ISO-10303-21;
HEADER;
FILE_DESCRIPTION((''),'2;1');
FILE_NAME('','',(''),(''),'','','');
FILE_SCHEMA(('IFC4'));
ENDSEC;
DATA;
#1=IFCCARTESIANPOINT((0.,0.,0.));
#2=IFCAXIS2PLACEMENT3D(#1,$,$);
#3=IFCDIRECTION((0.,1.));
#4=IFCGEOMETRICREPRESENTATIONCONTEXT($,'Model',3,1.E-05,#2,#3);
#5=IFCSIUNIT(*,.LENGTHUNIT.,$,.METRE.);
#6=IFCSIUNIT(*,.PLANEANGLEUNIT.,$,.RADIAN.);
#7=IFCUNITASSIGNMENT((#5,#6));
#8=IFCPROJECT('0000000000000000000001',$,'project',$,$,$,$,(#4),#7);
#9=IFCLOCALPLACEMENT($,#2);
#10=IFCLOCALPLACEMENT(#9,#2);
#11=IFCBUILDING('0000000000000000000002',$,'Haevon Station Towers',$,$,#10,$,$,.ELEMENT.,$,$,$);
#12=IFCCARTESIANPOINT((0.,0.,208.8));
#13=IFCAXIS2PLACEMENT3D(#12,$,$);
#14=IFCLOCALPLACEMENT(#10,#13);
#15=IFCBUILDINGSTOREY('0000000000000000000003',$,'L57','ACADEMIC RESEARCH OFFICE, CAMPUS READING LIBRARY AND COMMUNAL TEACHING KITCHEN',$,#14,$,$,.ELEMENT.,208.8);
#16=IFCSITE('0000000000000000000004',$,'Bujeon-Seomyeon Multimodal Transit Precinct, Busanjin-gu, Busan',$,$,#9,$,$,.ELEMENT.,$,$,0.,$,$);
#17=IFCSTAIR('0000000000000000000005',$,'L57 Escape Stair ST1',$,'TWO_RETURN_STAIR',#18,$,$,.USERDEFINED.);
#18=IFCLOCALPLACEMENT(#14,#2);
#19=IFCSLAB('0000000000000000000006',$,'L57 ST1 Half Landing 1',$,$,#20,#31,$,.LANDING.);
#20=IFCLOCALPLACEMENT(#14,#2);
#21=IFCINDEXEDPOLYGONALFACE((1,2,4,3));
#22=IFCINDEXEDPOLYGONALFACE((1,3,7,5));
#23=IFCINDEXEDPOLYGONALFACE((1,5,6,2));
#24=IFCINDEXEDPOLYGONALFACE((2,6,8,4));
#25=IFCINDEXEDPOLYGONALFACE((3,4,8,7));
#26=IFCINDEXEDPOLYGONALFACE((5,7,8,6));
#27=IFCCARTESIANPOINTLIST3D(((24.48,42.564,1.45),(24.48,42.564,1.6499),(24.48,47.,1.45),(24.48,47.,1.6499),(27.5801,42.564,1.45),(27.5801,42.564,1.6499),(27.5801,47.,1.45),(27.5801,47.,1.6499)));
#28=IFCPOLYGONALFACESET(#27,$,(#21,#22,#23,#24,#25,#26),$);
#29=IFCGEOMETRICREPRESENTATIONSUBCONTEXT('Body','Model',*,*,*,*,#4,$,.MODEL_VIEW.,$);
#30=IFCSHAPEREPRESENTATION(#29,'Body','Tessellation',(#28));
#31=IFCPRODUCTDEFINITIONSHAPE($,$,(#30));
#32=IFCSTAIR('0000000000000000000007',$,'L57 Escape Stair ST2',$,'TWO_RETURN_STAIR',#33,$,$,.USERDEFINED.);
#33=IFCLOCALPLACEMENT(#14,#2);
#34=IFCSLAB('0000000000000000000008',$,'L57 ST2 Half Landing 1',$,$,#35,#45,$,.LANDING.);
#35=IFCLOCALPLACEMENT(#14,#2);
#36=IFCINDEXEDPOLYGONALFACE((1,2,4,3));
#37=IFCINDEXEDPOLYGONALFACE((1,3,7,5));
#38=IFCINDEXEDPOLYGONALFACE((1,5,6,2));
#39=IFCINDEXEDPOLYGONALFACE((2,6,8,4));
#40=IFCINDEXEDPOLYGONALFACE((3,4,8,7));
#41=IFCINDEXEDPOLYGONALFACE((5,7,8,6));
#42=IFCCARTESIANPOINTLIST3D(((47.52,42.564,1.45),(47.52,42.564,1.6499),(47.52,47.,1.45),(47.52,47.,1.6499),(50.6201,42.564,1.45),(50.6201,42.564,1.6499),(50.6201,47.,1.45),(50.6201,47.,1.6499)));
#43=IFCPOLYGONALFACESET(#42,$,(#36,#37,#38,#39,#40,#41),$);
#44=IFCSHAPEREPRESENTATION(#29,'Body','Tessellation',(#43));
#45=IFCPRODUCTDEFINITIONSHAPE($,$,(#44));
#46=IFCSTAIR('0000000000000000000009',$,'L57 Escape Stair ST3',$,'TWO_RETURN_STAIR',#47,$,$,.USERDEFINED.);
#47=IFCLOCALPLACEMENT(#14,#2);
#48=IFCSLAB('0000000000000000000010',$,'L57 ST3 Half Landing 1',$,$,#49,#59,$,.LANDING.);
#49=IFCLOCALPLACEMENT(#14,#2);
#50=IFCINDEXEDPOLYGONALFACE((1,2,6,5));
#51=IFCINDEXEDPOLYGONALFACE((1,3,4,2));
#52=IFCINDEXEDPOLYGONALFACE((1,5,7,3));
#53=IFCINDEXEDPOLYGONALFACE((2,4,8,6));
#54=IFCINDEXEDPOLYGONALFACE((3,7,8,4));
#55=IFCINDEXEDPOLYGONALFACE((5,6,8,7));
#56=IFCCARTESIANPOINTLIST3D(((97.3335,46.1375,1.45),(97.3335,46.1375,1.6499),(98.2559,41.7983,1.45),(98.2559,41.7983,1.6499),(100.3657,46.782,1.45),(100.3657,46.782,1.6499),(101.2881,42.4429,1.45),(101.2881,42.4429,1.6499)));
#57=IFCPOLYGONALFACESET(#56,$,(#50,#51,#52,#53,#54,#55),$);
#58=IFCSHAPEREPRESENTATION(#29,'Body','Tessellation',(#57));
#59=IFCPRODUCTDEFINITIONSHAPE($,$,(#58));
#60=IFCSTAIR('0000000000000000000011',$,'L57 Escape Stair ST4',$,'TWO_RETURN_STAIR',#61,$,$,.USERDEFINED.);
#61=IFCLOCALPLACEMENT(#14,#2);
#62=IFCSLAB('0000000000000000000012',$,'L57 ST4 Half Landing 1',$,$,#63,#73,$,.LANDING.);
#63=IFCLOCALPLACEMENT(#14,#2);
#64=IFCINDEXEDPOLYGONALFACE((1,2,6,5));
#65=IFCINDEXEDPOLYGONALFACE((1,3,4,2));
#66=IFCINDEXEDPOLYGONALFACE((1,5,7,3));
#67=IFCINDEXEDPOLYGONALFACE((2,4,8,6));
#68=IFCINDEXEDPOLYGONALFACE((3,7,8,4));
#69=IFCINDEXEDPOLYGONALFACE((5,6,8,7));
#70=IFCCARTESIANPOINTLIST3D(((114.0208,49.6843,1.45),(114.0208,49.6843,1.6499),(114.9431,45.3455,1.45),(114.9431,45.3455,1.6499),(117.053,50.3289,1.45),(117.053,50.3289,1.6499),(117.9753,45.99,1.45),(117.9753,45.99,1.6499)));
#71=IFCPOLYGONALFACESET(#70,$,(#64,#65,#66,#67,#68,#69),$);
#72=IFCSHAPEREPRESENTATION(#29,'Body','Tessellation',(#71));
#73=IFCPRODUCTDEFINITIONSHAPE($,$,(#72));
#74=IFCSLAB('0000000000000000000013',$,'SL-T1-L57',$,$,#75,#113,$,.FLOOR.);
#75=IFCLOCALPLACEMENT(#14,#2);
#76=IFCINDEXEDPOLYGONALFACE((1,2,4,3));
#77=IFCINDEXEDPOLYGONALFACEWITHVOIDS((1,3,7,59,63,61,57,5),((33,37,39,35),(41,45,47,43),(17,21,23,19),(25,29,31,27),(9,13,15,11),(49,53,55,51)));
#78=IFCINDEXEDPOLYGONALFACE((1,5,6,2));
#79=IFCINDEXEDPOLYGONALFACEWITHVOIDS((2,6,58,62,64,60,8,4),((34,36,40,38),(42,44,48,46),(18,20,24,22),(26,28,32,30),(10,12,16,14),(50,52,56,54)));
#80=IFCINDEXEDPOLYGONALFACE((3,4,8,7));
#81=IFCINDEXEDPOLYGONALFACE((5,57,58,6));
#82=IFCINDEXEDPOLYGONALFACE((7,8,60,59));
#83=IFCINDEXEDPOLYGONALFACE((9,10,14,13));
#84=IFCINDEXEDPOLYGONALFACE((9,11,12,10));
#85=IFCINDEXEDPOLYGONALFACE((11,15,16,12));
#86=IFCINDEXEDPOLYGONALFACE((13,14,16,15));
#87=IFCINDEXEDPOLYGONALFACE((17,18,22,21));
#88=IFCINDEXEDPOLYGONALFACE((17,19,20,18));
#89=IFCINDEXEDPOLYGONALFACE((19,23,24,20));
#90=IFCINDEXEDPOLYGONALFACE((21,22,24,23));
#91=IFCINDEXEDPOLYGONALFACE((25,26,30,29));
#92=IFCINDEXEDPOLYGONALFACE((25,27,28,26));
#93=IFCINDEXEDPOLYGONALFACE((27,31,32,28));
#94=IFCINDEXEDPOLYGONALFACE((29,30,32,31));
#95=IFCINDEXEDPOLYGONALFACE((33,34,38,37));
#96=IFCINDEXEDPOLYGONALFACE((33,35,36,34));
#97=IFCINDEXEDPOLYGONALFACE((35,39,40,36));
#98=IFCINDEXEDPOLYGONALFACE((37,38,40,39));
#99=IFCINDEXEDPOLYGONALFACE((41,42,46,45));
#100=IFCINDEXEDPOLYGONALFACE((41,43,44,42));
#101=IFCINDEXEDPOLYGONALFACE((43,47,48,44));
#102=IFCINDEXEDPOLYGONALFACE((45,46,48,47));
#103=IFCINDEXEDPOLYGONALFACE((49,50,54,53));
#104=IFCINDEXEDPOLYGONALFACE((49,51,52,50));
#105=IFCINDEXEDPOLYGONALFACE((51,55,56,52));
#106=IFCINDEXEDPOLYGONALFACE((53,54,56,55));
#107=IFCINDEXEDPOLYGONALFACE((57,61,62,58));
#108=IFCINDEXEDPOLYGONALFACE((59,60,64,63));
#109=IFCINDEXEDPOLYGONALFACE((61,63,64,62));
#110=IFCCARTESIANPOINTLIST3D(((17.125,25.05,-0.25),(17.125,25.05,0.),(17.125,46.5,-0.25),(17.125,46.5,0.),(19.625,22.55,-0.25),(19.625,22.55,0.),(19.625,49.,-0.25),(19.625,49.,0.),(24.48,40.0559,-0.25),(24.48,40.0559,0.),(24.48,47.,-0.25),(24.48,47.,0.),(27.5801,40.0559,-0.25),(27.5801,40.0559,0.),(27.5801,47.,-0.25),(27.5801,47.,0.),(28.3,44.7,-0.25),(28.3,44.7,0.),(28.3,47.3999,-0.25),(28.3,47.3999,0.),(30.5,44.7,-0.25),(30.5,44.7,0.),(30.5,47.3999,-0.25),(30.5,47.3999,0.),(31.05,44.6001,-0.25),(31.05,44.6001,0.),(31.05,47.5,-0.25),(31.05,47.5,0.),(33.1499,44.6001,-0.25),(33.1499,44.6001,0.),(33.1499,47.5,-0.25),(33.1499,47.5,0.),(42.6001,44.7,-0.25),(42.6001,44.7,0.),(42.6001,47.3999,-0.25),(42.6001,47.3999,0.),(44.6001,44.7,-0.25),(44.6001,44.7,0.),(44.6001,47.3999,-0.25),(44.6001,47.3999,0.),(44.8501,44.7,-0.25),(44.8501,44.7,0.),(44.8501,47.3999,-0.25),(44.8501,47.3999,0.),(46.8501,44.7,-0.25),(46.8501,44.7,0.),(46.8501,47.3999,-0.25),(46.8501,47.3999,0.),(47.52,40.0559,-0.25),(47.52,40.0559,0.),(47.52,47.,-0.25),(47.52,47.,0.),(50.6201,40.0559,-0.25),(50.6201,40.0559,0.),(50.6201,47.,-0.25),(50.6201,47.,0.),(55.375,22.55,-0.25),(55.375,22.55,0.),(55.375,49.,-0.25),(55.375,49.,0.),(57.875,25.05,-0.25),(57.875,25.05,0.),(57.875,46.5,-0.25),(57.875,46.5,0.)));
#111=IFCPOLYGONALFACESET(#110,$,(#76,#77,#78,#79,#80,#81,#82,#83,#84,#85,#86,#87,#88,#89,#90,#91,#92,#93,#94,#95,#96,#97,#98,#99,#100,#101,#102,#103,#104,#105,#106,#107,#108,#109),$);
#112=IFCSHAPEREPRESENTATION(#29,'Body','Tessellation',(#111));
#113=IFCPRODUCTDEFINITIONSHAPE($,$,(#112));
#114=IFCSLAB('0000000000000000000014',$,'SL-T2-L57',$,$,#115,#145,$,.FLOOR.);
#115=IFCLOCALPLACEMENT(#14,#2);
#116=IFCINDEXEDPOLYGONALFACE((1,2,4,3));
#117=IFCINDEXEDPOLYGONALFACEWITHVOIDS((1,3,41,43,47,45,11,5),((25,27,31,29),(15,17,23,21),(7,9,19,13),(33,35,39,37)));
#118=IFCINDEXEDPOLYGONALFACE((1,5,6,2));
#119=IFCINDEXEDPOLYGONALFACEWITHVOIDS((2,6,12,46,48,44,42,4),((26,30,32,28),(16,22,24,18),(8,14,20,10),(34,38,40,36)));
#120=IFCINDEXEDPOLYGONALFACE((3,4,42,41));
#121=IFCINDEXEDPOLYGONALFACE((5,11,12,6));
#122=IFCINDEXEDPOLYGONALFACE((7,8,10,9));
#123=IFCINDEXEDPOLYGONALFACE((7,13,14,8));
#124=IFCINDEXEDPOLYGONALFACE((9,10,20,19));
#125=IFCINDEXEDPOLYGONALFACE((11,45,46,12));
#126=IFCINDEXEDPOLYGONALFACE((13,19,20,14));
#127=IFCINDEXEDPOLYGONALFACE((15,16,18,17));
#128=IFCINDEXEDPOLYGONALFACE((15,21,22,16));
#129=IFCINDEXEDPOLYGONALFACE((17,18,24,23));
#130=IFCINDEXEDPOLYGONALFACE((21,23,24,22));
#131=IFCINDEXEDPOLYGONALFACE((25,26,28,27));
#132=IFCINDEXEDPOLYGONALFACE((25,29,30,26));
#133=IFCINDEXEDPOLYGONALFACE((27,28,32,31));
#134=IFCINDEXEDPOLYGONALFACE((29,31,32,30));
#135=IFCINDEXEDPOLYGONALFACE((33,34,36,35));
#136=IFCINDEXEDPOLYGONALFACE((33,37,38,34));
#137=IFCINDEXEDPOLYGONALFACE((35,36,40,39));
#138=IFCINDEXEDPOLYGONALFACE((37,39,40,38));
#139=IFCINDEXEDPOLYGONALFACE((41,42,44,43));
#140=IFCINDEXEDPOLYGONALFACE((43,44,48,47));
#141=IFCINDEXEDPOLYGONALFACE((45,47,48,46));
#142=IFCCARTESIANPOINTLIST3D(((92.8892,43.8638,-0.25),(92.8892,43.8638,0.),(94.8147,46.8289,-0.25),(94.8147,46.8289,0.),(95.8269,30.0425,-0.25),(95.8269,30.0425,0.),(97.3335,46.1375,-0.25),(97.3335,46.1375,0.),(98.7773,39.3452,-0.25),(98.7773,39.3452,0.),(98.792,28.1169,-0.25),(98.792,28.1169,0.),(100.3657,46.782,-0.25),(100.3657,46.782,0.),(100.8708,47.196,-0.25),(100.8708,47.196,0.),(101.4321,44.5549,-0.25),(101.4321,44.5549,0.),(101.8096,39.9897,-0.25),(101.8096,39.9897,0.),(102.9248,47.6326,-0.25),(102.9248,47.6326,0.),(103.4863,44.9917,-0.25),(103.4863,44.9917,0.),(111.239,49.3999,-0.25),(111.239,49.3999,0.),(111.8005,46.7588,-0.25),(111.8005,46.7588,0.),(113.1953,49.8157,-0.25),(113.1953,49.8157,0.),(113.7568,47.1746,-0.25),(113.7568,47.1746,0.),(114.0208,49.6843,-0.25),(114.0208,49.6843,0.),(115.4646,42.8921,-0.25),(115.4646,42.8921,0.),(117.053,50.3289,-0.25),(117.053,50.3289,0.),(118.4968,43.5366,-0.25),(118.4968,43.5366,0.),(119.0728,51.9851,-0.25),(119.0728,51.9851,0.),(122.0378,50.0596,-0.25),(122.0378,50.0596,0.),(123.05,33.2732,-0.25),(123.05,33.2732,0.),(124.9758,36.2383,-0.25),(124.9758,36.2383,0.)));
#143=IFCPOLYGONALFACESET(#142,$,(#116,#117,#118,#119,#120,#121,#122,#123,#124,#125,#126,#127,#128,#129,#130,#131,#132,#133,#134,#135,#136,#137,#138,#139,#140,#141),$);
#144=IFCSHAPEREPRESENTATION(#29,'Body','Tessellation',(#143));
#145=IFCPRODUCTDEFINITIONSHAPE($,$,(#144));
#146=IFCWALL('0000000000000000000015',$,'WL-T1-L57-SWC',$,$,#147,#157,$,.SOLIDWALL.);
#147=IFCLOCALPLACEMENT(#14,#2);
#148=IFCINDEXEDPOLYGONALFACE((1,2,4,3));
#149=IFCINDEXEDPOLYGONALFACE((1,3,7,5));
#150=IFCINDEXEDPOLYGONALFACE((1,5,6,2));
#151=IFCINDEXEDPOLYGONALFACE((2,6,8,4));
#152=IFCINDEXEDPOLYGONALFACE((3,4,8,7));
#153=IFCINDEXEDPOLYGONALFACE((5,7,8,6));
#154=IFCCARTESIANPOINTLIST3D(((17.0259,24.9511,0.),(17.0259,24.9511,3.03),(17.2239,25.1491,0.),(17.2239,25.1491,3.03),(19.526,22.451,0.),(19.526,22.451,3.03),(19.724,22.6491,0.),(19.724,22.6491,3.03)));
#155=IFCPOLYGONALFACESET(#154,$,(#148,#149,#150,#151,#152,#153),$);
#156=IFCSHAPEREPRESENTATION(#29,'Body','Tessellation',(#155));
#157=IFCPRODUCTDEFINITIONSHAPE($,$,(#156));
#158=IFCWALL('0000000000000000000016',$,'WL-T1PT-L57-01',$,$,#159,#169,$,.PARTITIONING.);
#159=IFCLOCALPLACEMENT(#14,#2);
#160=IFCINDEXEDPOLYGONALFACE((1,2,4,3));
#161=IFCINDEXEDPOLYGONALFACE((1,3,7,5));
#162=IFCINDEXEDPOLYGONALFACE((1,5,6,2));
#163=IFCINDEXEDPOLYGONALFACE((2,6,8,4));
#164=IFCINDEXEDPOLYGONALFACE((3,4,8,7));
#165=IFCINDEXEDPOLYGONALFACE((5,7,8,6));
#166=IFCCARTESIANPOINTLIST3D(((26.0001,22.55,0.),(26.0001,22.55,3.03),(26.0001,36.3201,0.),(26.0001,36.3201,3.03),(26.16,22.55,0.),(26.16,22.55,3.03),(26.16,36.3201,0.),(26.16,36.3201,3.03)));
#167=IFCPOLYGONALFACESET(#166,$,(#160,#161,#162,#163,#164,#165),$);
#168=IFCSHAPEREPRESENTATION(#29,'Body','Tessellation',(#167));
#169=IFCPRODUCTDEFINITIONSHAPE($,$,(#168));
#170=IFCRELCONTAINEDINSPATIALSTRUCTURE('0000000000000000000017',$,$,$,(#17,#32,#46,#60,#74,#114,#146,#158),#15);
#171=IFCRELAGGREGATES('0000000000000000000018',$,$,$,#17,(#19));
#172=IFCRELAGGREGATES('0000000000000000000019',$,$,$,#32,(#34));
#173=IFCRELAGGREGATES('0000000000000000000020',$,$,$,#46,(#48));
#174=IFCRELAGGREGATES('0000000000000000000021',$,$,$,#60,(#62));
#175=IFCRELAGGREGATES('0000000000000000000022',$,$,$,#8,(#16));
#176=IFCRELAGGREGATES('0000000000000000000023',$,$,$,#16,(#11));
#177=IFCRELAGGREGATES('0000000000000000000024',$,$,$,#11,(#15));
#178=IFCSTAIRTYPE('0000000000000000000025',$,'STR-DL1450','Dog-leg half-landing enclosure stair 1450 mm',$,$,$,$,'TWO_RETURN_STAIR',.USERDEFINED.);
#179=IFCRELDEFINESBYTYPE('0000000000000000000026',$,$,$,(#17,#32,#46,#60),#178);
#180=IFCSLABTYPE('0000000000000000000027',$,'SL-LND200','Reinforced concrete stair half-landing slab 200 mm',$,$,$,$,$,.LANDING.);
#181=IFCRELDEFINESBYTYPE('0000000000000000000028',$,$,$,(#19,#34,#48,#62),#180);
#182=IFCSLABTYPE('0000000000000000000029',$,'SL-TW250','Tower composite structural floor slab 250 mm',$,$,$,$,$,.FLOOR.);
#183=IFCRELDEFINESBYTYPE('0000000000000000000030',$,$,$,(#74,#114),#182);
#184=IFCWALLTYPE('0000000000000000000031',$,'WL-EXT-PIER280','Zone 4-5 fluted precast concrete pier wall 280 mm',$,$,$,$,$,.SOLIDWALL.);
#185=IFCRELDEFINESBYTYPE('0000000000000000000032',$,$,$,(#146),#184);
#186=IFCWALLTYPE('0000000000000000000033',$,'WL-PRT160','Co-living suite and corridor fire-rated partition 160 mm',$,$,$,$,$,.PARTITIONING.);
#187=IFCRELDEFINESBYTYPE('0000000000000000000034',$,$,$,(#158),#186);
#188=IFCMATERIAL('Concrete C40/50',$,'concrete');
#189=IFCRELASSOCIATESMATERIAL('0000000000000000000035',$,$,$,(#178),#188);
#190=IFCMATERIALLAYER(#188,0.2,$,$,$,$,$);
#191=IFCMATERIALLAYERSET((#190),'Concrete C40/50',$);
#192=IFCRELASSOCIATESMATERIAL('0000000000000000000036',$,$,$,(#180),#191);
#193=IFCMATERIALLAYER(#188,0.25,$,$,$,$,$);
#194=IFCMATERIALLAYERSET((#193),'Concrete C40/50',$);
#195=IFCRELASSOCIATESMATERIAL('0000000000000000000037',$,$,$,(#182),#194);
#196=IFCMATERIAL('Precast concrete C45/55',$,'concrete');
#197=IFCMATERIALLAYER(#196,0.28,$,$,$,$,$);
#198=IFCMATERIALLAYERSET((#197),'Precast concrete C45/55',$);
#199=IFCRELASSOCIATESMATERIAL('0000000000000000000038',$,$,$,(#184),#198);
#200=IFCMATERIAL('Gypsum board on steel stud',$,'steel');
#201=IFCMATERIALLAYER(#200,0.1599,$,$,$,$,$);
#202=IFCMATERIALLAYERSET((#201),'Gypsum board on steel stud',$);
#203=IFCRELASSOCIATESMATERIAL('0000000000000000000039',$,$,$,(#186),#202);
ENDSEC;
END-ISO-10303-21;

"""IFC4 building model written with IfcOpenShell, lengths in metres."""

from ifc_helpers import new_model, si_unit, direction, frame, frame_2d, origin, place, context, subcontext, project, spatial, polyline, rectangle, outline, extrude, material, layer, layer_set, type_object, element, aggregate, save


model = new_model("IFC4")

# Units and contexts
model_context = context("Model", 3, precision=1e-05, world=origin(), true_north=direction((0.0, 1.0)))
body_context = subcontext(model_context, "Body", "Model", "MODEL_VIEW")
ifc_project = project(units=[si_unit("LENGTHUNIT", "METRE"), si_unit("PLANEANGLEUNIT", "RADIAN")], contexts=[model_context])

# Site, building, storey
site_placement = place(None, origin())
site = spatial("IfcSite", under=ifc_project, at=site_placement, Name="Bujeon-Seomyeon Multimodal Transit Precinct, Busanjin-gu, Busan", CompositionType="ELEMENT", RefElevation=0.0)
building_placement = place(site_placement, origin())
building = spatial("IfcBuilding", under=site, at=building_placement, Name="Haevon Station Towers", CompositionType="ELEMENT")
storey_placement = place(building_placement, frame((0.0, 0.0, 208.8)))
storey = spatial("IfcBuildingStorey", under=building, at=storey_placement, Name="L57", Description="ACADEMIC RESEARCH OFFICE, CAMPUS READING LIBRARY AND COMMUNAL TEACHING KITCHEN", CompositionType="ELEMENT", Elevation=208.8)

# Shared definitions
ifc_material_1 = material(Name="Concrete C40/50", Category="concrete")

# Stairs, slabs
stair_type = type_object("IfcStairType", Name="STR-DL1450", Description="Dog-leg half-landing enclosure stair 1450 mm", ElementType="TWO_RETURN_STAIR", PredefinedType="USERDEFINED", material=ifc_material_1)
stair_1_placement = place(storey_placement, origin())
stair_1 = element("IfcStair", 1, at=stair_1_placement, inside=storey, type_object=stair_type, Name="L57 Escape Stair ST1", ObjectType="TWO_RETURN_STAIR", PredefinedType="USERDEFINED")
ifc_layer_1 = layer(ifc_material_1, 0.2)
ifc_layer_set_1 = layer_set([ifc_layer_1], Name="Concrete C40/50")
slab_type_1 = type_object("IfcSlabType", Name="SL-LND200", Description="Reinforced concrete stair half-landing slab 200 mm", PredefinedType="LANDING", material=ifc_layer_set_1)
slab_1_placement = place(storey_placement, frame((0.0, 0.0, 1.45)))
slab_1 = element("IfcSlab", 2, at=slab_1_placement, type_object=slab_type_1, Name="L57 ST1 Half Landing 1", PredefinedType="LANDING", context=body_context, shape_type="SweptSolid", body=[
    extrude(outline(polyline([(27.5801, 42.564), (27.5801, 47.0), (24.48, 47.0), (24.48, 42.564), (27.5801, 42.564)])), origin(), (0.0, 0.0, 1.0), 0.2),
])
aggregate(stair_1, [slab_1])
stair_2_placement = place(storey_placement, origin())
stair_2 = element("IfcStair", 3, at=stair_2_placement, inside=storey, type_object=stair_type, Name="L57 Escape Stair ST2", ObjectType="TWO_RETURN_STAIR", PredefinedType="USERDEFINED")
slab_2_placement = place(storey_placement, frame((0.0, 0.0, 1.45)))
slab_2 = element("IfcSlab", 4, at=slab_2_placement, type_object=slab_type_1, Name="L57 ST2 Half Landing 1", PredefinedType="LANDING", context=body_context, shape_type="SweptSolid", body=[
    extrude(outline(polyline([(50.6201, 42.564), (50.6201, 47.0), (47.52, 47.0), (47.52, 42.564), (50.6201, 42.564)])), origin(), (0.0, 0.0, 1.0), 0.2),
])
aggregate(stair_2, [slab_2])
stair_3_placement = place(storey_placement, origin())
stair_3 = element("IfcStair", 5, at=stair_3_placement, inside=storey, type_object=stair_type, Name="L57 Escape Stair ST3", ObjectType="TWO_RETURN_STAIR", PredefinedType="USERDEFINED")
slab_3_placement = place(storey_placement, frame((0.0, 0.0, 1.45)))
slab_3 = element("IfcSlab", 6, at=slab_3_placement, type_object=slab_type_1, Name="L57 ST3 Half Landing 1", PredefinedType="LANDING", context=body_context, shape_type="SweptSolid", body=[
    extrude(outline(polyline([(101.2881, 42.4429), (100.3657, 46.782), (97.3335, 46.1375), (98.2559, 41.7983), (101.2881, 42.4429)])), origin(), (0.0, 0.0, 1.0), 0.2),
])
aggregate(stair_3, [slab_3])
stair_4_placement = place(storey_placement, origin())
stair_4 = element("IfcStair", 7, at=stair_4_placement, inside=storey, type_object=stair_type, Name="L57 Escape Stair ST4", ObjectType="TWO_RETURN_STAIR", PredefinedType="USERDEFINED")
slab_4_placement = place(storey_placement, frame((0.0, 0.0, 1.45)))
slab_4 = element("IfcSlab", 8, at=slab_4_placement, type_object=slab_type_1, Name="L57 ST4 Half Landing 1", PredefinedType="LANDING", context=body_context, shape_type="SweptSolid", body=[
    extrude(outline(polyline([(117.9753, 45.99), (117.053, 50.3289), (114.0208, 49.6843), (114.9431, 45.3455), (117.9753, 45.99)])), origin(), (0.0, 0.0, 1.0), 0.2),
])
aggregate(stair_4, [slab_4])

# Slabs
ifc_layer_2 = layer(ifc_material_1, 0.25)
ifc_layer_set_2 = layer_set([ifc_layer_2], Name="Concrete C40/50")
slab_type_2 = type_object("IfcSlabType", Name="SL-TW250", Description="Tower composite structural floor slab 250 mm", PredefinedType="FLOOR", material=ifc_layer_set_2)
slab_5_placement = place(storey_placement, frame((0.0, 0.0, -0.25)))
element("IfcSlab", 9, at=slab_5_placement, inside=storey, type_object=slab_type_2, Name="SL-T1-L57", PredefinedType="FLOOR", context=body_context, shape_type="SweptSolid", body=[
    extrude(outline(polyline([(19.625, 22.55), (55.375, 22.55), (57.875, 25.05), (57.875, 46.5), (55.375, 49.0), (19.625, 49.0), (17.125, 46.5), (17.125, 25.05), (19.625, 22.55)]), holes=[polyline([(27.5801, 40.0559), (27.5801, 47.0), (24.48, 47.0), (24.48, 40.0559), (27.5801, 40.0559)]), polyline([(50.6201, 40.0559), (50.6201, 47.0), (47.52, 47.0), (47.52, 40.0559), (50.6201, 40.0559)]), polyline([(28.3, 44.7), (30.5, 44.7), (30.5, 47.3999), (28.3, 47.3999), (28.3, 44.7)]), polyline([(31.05, 44.6001), (33.1499, 44.6001), (33.1499, 47.5), (31.05, 47.5), (31.05, 44.6001)]), polyline([(42.6001, 44.7), (44.6001, 44.7), (44.6001, 47.3999), (42.6001, 47.3999), (42.6001, 44.7)]), polyline([(44.8501, 44.7), (46.8501, 44.7), (46.8501, 47.3999), (44.8501, 47.3999), (44.8501, 44.7)])]), origin(), (0.0, 0.0, 1.0), 0.25),
])
slab_6_placement = place(storey_placement, frame((0.0, 0.0, -0.25)))
element("IfcSlab", 10, at=slab_6_placement, inside=storey, type_object=slab_type_2, Name="SL-T2-L57", PredefinedType="FLOOR", context=body_context, shape_type="SweptSolid", body=[
    extrude(outline(polyline([(98.792, 28.1169), (123.05, 33.2732), (124.9758, 36.2383), (122.0378, 50.0596), (119.0728, 51.9851), (94.8147, 46.8289), (92.8892, 43.8638), (95.8269, 30.0425), (98.792, 28.1169)]), holes=[polyline([(101.8096, 39.9897), (100.3657, 46.782), (97.3335, 46.1375), (98.7773, 39.3452), (101.8096, 39.9897)]), polyline([(118.4968, 43.5366), (117.053, 50.3289), (114.0208, 49.6843), (115.4646, 42.8921), (118.4968, 43.5366)]), polyline([(101.4321, 44.5549), (103.4863, 44.9917), (102.9248, 47.6326), (100.8708, 47.196), (101.4321, 44.5549)]), polyline([(111.8005, 46.7588), (113.7568, 47.1746), (113.1953, 49.8157), (111.239, 49.3999), (111.8005, 46.7588)])]), origin(), (0.0, 0.0, 1.0), 0.25),
])

# Walls
ifc_material_2 = material(Name="Precast concrete C45/55", Category="concrete")
ifc_layer_3 = layer(ifc_material_2, 0.28)
ifc_layer_set_3 = layer_set([ifc_layer_3], Name="Precast concrete C45/55")
wall_type_1 = type_object("IfcWallType", Name="WL-EXT-PIER280", Description="Zone 4-5 fluted precast concrete pier wall 280 mm", PredefinedType="SOLIDWALL", material=ifc_layer_set_3)
wall_1_placement = place(storey_placement, frame((19.625, 22.55, 0.0), z_axis=(0.0, 0.0, 1.0), x_axis=(-0.707107, 0.707107, 0.0)))
element("IfcWall", 11, at=wall_1_placement, inside=storey, type_object=wall_type_1, Name="WL-T1-L57-SWC", PredefinedType="SOLIDWALL", context=body_context, shape_type="SweptSolid", body=[
    extrude(rectangle(XDim=3.5356, YDim=0.28, at=frame_2d((1.7678, 0.0))), origin(), (0.0, 0.0, 1.0), 3.03),
])
ifc_material_3 = material(Name="Gypsum board on steel stud", Category="steel")
ifc_layer_4 = layer(ifc_material_3, 0.1599)
ifc_layer_set_4 = layer_set([ifc_layer_4], Name="Gypsum board on steel stud")
wall_type_2 = type_object("IfcWallType", Name="WL-PRT160", Description="Co-living suite and corridor fire-rated partition 160 mm", PredefinedType="PARTITIONING", material=ifc_layer_set_4)
wall_2_placement = place(storey_placement, frame((26.0801, 22.55, 0.0), z_axis=(0.0, 0.0, 1.0), x_axis=(0.0, 1.0, 0.0)))
element("IfcWall", 12, at=wall_2_placement, inside=storey, type_object=wall_type_2, Name="WL-T1PT-L57-01", PredefinedType="PARTITIONING", context=body_context, shape_type="SweptSolid", body=[
    extrude(rectangle(XDim=13.77, YDim=0.1599, at=frame_2d((6.885, 0.0))), origin(), (0.0, 0.0, 1.0), 3.03),
])

save(model, "model.ifc")
